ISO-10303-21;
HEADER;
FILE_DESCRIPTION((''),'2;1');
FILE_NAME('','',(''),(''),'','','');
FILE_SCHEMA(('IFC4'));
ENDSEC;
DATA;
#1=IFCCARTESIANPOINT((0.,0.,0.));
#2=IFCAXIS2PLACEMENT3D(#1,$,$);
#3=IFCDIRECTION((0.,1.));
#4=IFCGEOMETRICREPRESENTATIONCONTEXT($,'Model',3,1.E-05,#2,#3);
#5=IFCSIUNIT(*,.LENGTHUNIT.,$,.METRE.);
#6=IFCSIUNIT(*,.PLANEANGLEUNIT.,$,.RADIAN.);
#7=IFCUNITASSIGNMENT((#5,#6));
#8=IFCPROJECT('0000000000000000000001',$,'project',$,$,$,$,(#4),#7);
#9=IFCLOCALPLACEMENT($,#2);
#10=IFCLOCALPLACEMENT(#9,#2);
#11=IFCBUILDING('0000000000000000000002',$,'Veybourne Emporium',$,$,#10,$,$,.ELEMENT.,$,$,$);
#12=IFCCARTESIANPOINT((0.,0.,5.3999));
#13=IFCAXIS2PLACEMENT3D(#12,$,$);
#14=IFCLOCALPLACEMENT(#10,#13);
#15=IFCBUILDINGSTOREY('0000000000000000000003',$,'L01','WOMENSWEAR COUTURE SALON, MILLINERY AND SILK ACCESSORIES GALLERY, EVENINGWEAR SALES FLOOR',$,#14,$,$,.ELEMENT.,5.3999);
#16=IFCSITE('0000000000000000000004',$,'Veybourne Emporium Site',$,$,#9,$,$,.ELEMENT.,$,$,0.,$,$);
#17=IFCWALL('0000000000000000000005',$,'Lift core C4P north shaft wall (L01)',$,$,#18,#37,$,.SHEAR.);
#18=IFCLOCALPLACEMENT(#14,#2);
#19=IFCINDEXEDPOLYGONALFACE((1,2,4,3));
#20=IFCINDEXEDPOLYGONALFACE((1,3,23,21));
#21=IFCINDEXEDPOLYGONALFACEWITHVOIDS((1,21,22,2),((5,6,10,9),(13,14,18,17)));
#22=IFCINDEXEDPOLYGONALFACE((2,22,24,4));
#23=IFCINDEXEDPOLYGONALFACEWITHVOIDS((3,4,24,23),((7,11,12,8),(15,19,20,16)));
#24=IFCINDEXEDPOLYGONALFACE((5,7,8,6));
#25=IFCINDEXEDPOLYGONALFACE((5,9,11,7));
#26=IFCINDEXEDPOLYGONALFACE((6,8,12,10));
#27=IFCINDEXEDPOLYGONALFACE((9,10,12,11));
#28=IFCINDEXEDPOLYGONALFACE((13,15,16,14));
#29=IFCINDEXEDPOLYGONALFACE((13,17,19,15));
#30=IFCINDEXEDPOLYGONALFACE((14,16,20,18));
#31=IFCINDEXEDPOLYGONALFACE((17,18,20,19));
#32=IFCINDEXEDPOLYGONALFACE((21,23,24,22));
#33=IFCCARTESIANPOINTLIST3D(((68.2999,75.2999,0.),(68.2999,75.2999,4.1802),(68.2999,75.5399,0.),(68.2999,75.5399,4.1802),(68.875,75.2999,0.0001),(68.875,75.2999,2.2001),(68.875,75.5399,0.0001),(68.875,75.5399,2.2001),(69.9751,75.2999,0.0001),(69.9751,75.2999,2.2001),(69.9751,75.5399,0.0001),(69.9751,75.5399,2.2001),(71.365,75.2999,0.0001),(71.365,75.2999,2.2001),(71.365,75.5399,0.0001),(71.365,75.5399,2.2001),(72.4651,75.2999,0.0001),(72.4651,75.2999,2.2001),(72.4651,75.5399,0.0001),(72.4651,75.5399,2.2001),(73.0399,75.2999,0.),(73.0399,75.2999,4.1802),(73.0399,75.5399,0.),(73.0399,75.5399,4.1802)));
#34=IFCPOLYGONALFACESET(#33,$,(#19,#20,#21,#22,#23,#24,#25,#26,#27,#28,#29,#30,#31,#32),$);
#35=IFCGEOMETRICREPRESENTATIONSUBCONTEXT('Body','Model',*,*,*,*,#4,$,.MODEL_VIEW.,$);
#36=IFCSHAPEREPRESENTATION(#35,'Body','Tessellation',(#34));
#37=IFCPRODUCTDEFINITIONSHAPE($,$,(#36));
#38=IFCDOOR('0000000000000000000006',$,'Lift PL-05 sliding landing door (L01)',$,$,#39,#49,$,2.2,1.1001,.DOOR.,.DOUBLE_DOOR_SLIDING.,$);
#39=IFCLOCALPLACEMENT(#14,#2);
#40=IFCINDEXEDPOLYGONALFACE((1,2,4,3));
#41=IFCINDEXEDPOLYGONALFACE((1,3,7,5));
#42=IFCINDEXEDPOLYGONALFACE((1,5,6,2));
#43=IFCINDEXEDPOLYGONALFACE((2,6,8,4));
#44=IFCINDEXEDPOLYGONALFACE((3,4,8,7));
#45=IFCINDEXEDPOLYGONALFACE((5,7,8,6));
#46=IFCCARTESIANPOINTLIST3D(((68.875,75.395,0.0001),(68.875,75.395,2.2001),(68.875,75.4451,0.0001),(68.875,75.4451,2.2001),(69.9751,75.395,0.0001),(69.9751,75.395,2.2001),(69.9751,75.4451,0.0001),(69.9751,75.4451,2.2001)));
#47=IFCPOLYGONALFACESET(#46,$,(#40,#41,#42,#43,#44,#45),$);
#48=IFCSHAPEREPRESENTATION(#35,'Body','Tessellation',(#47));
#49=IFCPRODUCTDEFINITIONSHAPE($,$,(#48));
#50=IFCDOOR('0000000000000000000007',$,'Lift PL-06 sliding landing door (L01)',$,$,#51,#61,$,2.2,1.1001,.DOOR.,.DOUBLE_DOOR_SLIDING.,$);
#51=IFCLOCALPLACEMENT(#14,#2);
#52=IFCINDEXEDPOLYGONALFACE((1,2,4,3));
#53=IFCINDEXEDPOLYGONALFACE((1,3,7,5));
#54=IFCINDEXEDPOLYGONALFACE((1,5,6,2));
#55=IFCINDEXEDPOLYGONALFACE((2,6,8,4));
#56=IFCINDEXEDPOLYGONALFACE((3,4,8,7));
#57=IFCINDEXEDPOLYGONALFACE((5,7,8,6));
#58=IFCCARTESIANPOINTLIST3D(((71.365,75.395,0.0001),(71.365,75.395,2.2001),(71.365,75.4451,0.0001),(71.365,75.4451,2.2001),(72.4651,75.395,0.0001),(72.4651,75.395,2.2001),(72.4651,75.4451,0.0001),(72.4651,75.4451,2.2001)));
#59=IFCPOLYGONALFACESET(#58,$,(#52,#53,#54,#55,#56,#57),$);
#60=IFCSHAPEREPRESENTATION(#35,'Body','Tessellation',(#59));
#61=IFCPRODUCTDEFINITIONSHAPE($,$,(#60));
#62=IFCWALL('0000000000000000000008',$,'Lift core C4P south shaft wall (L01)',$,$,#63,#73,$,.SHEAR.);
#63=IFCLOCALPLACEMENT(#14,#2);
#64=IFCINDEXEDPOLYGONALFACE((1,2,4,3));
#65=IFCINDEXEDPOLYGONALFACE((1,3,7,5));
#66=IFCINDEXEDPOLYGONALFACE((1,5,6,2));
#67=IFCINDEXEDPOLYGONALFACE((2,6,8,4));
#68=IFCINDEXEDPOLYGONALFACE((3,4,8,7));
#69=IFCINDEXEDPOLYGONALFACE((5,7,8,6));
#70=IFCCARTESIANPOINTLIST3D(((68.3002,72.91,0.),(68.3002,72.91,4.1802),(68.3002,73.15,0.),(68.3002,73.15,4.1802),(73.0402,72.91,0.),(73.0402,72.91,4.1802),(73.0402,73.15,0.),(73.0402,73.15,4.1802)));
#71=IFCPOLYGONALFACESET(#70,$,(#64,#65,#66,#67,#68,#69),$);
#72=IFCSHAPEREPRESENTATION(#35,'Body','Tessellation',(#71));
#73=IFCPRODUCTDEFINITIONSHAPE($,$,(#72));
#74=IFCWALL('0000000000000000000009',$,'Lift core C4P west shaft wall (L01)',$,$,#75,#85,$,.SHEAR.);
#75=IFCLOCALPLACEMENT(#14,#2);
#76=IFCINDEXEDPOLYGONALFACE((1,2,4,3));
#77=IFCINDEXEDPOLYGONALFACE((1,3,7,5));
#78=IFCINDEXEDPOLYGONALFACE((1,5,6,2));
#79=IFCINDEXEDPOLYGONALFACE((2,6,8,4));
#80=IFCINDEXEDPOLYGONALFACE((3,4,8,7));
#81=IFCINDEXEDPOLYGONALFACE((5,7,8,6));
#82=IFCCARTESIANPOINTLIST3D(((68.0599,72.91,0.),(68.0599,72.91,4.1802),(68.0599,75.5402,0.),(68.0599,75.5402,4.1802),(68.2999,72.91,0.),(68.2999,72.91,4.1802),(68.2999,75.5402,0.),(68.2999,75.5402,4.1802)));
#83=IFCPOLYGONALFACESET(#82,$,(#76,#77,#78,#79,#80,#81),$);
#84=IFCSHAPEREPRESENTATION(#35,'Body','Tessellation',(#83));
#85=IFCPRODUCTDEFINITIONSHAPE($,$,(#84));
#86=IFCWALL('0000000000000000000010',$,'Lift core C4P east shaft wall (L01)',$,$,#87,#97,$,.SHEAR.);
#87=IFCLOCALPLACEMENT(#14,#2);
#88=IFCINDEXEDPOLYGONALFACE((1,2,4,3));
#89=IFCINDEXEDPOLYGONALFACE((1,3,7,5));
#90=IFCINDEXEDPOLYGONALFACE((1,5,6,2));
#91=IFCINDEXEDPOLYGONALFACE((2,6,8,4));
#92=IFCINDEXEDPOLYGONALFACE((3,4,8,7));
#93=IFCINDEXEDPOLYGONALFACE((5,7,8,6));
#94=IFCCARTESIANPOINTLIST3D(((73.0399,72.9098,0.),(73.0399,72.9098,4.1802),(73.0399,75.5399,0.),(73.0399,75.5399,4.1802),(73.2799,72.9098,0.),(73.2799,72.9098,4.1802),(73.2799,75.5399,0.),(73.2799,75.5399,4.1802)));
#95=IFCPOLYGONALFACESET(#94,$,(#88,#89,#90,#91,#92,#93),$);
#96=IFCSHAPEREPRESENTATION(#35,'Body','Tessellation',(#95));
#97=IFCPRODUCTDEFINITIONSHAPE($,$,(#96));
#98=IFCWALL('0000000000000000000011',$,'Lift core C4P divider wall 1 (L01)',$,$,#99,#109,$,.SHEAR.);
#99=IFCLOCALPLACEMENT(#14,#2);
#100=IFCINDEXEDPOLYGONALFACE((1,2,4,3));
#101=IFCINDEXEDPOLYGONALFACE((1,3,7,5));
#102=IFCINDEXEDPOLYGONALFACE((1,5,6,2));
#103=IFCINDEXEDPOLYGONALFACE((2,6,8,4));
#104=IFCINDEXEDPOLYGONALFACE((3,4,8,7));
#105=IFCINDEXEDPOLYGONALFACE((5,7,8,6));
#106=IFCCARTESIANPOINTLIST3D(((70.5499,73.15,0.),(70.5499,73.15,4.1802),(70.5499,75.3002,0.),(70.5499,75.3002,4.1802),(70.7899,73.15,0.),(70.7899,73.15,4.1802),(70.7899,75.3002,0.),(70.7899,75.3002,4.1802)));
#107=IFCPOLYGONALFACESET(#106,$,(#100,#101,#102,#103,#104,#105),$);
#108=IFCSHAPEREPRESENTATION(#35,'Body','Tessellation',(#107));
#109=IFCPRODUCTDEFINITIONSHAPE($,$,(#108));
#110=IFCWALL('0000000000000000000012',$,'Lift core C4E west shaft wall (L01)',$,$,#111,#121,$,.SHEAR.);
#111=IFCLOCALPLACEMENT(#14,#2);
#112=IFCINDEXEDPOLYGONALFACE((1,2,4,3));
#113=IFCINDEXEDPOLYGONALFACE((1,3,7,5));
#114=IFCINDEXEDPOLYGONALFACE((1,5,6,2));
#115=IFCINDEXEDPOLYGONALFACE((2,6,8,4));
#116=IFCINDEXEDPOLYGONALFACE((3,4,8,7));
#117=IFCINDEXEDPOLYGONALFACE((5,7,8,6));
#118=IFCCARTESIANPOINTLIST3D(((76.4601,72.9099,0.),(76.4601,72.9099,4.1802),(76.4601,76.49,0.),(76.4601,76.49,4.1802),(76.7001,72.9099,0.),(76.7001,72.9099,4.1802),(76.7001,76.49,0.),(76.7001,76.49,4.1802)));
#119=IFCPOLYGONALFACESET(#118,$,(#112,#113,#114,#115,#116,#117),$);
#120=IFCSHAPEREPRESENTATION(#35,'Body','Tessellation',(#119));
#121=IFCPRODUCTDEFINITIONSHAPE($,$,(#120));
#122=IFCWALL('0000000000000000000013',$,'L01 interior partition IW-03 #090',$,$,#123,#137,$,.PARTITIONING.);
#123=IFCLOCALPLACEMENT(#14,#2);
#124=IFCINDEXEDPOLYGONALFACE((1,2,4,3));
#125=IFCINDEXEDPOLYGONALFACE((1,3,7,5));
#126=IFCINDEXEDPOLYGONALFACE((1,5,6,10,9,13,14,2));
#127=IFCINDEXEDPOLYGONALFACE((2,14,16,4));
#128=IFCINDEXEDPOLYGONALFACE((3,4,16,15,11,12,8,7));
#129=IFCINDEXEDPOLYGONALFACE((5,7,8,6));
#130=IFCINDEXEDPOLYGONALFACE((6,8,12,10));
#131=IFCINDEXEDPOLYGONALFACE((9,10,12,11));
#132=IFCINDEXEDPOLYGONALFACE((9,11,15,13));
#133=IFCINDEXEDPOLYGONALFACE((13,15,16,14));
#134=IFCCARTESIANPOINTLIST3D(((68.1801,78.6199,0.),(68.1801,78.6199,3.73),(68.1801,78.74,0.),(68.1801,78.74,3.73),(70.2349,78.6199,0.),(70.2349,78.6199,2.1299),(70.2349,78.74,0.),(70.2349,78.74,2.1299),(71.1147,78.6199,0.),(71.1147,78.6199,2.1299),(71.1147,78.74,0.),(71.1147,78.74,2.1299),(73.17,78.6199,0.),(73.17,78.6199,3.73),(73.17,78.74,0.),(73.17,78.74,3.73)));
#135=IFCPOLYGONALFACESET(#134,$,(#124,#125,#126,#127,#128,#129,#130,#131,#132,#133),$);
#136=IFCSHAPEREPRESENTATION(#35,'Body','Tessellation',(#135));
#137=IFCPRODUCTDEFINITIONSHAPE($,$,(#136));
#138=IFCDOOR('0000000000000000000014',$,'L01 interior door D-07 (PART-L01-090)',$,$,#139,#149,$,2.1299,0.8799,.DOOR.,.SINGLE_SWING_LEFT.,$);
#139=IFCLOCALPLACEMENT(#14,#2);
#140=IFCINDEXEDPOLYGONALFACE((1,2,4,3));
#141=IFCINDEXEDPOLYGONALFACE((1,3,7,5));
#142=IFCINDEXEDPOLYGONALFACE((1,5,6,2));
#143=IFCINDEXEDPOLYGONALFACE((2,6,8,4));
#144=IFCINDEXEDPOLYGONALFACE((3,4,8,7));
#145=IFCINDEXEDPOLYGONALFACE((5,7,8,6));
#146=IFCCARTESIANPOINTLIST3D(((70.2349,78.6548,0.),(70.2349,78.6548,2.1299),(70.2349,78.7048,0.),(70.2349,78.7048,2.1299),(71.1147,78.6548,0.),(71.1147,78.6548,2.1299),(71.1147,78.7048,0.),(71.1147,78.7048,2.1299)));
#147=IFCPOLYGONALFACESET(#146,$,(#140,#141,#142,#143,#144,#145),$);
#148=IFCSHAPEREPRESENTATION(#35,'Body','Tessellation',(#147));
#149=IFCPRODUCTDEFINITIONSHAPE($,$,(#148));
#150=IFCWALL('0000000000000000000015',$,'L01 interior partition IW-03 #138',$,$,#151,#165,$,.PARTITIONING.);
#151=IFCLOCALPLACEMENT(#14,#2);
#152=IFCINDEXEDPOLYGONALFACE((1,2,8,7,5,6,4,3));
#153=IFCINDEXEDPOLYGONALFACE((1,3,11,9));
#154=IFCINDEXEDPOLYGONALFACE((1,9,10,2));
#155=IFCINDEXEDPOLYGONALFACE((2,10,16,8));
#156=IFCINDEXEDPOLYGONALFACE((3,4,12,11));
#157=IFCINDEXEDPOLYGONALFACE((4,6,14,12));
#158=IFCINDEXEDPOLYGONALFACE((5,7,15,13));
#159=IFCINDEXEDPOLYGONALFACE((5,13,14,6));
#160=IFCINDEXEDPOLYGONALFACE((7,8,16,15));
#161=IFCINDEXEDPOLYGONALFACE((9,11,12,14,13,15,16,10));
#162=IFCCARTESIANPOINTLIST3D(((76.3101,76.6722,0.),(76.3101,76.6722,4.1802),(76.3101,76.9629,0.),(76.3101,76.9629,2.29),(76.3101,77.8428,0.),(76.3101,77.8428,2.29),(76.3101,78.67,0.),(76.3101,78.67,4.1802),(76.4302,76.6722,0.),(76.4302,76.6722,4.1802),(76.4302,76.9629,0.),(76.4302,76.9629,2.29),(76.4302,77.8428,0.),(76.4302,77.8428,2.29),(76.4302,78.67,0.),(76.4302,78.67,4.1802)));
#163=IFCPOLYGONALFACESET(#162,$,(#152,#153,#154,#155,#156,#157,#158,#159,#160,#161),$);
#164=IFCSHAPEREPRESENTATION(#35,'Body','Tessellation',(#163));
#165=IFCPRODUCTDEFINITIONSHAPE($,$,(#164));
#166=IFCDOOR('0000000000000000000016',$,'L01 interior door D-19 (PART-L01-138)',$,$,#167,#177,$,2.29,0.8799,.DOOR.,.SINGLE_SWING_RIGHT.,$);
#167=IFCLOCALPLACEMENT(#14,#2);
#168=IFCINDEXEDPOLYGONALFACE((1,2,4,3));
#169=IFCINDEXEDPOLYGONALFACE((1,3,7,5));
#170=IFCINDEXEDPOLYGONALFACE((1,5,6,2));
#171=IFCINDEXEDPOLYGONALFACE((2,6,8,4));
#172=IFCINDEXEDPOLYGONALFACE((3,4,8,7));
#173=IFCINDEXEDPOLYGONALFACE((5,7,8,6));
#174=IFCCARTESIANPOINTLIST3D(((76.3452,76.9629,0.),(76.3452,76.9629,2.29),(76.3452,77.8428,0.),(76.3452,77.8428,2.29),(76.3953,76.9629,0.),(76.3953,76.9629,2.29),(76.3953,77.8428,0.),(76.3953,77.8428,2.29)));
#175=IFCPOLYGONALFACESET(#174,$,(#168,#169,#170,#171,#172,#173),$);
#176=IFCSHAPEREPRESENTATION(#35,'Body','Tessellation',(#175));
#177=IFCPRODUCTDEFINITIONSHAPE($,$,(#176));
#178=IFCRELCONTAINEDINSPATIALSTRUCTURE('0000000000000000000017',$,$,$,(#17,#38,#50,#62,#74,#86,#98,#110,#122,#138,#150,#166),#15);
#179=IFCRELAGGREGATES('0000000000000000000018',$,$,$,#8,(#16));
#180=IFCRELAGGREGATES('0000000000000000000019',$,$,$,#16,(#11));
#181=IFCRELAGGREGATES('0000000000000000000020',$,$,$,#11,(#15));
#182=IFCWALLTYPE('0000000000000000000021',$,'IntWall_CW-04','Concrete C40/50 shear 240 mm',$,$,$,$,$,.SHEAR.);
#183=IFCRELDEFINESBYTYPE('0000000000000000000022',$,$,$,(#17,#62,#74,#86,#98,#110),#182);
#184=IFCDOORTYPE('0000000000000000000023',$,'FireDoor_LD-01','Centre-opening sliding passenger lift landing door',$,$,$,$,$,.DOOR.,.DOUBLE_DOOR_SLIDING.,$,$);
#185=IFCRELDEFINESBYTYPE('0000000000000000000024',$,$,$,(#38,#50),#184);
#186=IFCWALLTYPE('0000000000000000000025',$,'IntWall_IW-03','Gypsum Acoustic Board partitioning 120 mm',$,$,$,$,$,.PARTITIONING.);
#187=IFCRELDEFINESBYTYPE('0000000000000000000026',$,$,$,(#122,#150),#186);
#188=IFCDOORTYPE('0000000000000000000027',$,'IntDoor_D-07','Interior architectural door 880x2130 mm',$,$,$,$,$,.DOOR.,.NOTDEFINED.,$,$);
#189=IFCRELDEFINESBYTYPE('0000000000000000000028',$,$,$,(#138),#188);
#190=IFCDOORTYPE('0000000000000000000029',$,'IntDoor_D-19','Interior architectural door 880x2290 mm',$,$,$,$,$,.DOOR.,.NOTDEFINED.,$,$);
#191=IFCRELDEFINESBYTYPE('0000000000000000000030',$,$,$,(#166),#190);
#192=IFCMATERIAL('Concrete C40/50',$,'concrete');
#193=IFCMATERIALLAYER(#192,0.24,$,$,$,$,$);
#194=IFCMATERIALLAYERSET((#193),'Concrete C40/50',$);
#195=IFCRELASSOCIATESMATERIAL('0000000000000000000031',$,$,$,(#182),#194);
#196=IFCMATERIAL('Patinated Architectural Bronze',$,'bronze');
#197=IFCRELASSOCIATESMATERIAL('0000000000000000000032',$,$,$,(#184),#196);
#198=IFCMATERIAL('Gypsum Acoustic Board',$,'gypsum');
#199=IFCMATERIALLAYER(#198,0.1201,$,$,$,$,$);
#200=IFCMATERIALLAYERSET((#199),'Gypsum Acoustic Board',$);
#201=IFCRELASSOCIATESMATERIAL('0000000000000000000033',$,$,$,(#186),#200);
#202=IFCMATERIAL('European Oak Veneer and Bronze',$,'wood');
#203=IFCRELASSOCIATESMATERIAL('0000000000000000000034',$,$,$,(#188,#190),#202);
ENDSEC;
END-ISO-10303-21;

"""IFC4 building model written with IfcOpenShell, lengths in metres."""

from ifc_helpers import new_model, si_unit, direction, frame, frame_2d, origin, place, context, subcontext, project, spatial, rectangle, extrude, material, layer, layer_set, type_object, element, fill, save


model = new_model("IFC4")

# Units and contexts
model_context = context("Model", 3, precision=1e-05, world=origin(), true_north=direction((0.0, 1.0)))
body_context = subcontext(model_context, "Body", "Model", "MODEL_VIEW")
ifc_project = project(units=[si_unit("LENGTHUNIT", "METRE"), si_unit("PLANEANGLEUNIT", "RADIAN")], contexts=[model_context])

# Site, building, storey
site_placement = place(None, origin())
site = spatial("IfcSite", under=ifc_project, at=site_placement, Name="Veybourne Emporium Site", CompositionType="ELEMENT", RefElevation=0.0)
building_placement = place(site_placement, origin())
building = spatial("IfcBuilding", under=site, at=building_placement, Name="Veybourne Emporium", CompositionType="ELEMENT")
storey_placement = place(building_placement, frame((0.0, 0.0, 5.3999)))
storey = spatial("IfcBuildingStorey", under=building, at=storey_placement, Name="L01", Description="WOMENSWEAR COUTURE SALON, MILLINERY AND SILK ACCESSORIES GALLERY, EVENINGWEAR SALES FLOOR", CompositionType="ELEMENT", Elevation=5.3999)

# Shared definitions
ifc_material_1 = material(Name="Concrete C40/50", Category="concrete")

# Wall, openings, doors
ifc_layer_1 = layer(ifc_material_1, 0.24)
ifc_layer_set_1 = layer_set([ifc_layer_1], Name="Concrete C40/50")
wall_type_1 = type_object("IfcWallType", Name="IntWall_CW-04", Description="Concrete C40/50 shear 240 mm", PredefinedType="SHEAR", material=ifc_layer_set_1)
wall_1_placement = place(storey_placement, frame((73.04, 75.4199, 0.0), z_axis=(0.0, 0.0, 1.0), x_axis=(-1.0, 0.0, 0.0)))
wall_1 = element("IfcWall", 1, at=wall_1_placement, inside=storey, type_object=wall_type_1, Name="Lift core C4P north shaft wall (L01)", PredefinedType="SHEAR", context=body_context, shape_type="SweptSolid", body=[
    extrude(rectangle(XDim=4.74, YDim=0.24, at=frame_2d((2.3701, 0.0))), origin(), (0.0, 0.0, 1.0), 4.1802),
])
opening_1_placement = place(wall_1_placement, frame((3.0649, 0.0, 0.0)))
opening_1 = element("IfcOpeningElement", 2, at=opening_1_placement, cuts=wall_1, PredefinedType="OPENING", context=body_context, shape_type="SweptSolid", body=[
    extrude(rectangle(XDim=1.1001, YDim=2.2, at=frame_2d((0.55, 1.1001))), frame((0.0, 0.1401, 0.0), z_axis=(0.0, -1.0, 0.0), x_axis=(1.0, 0.0, 0.0)), (0.0, 0.0, 1.0), 0.28),
])
opening_2_placement = place(wall_1_placement, frame((0.575, 0.0, 0.0)))
opening_2 = element("IfcOpeningElement", 3, at=opening_2_placement, cuts=wall_1, PredefinedType="OPENING", context=body_context, shape_type="SweptSolid", body=[
    extrude(rectangle(XDim=1.1001, YDim=2.2, at=frame_2d((0.55, 1.1001))), frame((0.0, 0.1401, 0.0), z_axis=(0.0, -1.0, 0.0), x_axis=(1.0, 0.0, 0.0)), (0.0, 0.0, 1.0), 0.28),
])
ifc_material_2 = material(Name="Patinated Architectural Bronze", Category="bronze")
door_type_1 = type_object("IfcDoorType", Name="FireDoor_LD-01", Description="Centre-opening sliding passenger lift landing door", OperationType="DOUBLE_DOOR_SLIDING", PredefinedType="DOOR", material=ifc_material_2)
door_1_placement = place(opening_1_placement, origin())
door_1 = element("IfcDoor", 4, at=door_1_placement, inside=storey, type_object=door_type_1, Name="Lift PL-05 sliding landing door (L01)", OperationType="DOUBLE_DOOR_SLIDING", OverallHeight=2.2, OverallWidth=1.1001, PredefinedType="DOOR", context=body_context, shape_type="SweptSolid", body=[
    extrude(rectangle(XDim=1.1001, YDim=2.2, at=frame_2d((0.55, 1.1001))), frame((0.0, 0.0249, 0.0), z_axis=(0.0, -1.0, 0.0), x_axis=(1.0, 0.0, 0.0)), (0.0, 0.0, 1.0), 0.05),
])
fill(opening_1, door_1)
door_2_placement = place(opening_2_placement, origin())
door_2 = element("IfcDoor", 5, at=door_2_placement, inside=storey, type_object=door_type_1, Name="Lift PL-06 sliding landing door (L01)", OperationType="DOUBLE_DOOR_SLIDING", OverallHeight=2.2, OverallWidth=1.1001, PredefinedType="DOOR", context=body_context, shape_type="SweptSolid", body=[
    extrude(rectangle(XDim=1.1001, YDim=2.2, at=frame_2d((0.55, 1.1001))), frame((0.0, 0.0249, 0.0), z_axis=(0.0, -1.0, 0.0), x_axis=(1.0, 0.0, 0.0)), (0.0, 0.0, 1.0), 0.05),
])
fill(opening_2, door_2)

# Walls
wall_2_placement = place(storey_placement, frame((68.3, 73.03, 0.0), z_axis=(0.0, 0.0, 1.0), x_axis=(1.0, 0.0, 0.0)))
element("IfcWall", 6, at=wall_2_placement, inside=storey, type_object=wall_type_1, Name="Lift core C4P south shaft wall (L01)", PredefinedType="SHEAR", context=body_context, shape_type="SweptSolid", body=[
    extrude(rectangle(XDim=4.74, YDim=0.24, at=frame_2d((2.3701, 0.0))), origin(), (0.0, 0.0, 1.0), 4.1802),
])
for number, where, z_axis, x_axis, name in (
    (7, (68.1799, 75.54, 0.0), (0.0, 0.0, 1.0), (0.0, -1.0, 0.0), "Lift core C4P west shaft wall (L01)"),
    (8, (73.1599, 72.9099, 0.0), (0.0, 0.0, 1.0), (0.0, 1.0, 0.0), "Lift core C4P east shaft wall (L01)"),
):
    element("IfcWall", number, at=place(storey_placement, frame(where, z_axis=z_axis, x_axis=x_axis)), inside=storey, type_object=wall_type_1, Name=name, PredefinedType="SHEAR", context=body_context, shape_type="SweptSolid", body=[
        extrude(rectangle(XDim=2.6301, YDim=0.24, at=frame_2d((1.3149, 0.0))), origin(), (0.0, 0.0, 1.0), 4.1802),
    ])
wall_3_placement = place(storey_placement, frame((70.6699, 73.1499, 0.0), z_axis=(0.0, 0.0, 1.0), x_axis=(0.0, 1.0, 0.0)))
element("IfcWall", 9, at=wall_3_placement, inside=storey, type_object=wall_type_1, Name="Lift core C4P divider wall 1 (L01)", PredefinedType="SHEAR", context=body_context, shape_type="SweptSolid", body=[
    extrude(rectangle(XDim=2.1501, YDim=0.24, at=frame_2d((1.0752, 0.0))), origin(), (0.0, 0.0, 1.0), 4.1802),
])
wall_4_placement = place(storey_placement, frame((76.5801, 76.49, 0.0), z_axis=(0.0, 0.0, 1.0), x_axis=(0.0, -1.0, 0.0)))
element("IfcWall", 10, at=wall_4_placement, inside=storey, type_object=wall_type_1, Name="Lift core C4E west shaft wall (L01)", PredefinedType="SHEAR", context=body_context, shape_type="SweptSolid", body=[
    extrude(rectangle(XDim=3.5801, YDim=0.24, at=frame_2d((1.79, 0.0))), origin(), (0.0, 0.0, 1.0), 4.1802),
])

# Walls, openings, doors
ifc_material_3 = material(Name="Gypsum Acoustic Board", Category="gypsum")
ifc_material_4 = material(Name="European Oak Veneer and Bronze", Category="wood")
ifc_layer_2 = layer(ifc_material_3, 0.1201)
ifc_layer_set_2 = layer_set([ifc_layer_2], Name="Gypsum Acoustic Board")
wall_type_2 = type_object("IfcWallType", Name="IntWall_IW-03", Description="Gypsum Acoustic Board partitioning 120 mm", PredefinedType="PARTITIONING", material=ifc_layer_set_2)
wall_5_placement = place(storey_placement, frame((68.1799, 78.6799, 0.0), z_axis=(0.0, 0.0, 1.0), x_axis=(1.0, 0.0, 0.0)))
wall_5 = element("IfcWall", 11, at=wall_5_placement, inside=storey, type_object=wall_type_2, Name="L01 interior partition IW-03 #090", PredefinedType="PARTITIONING", context=body_context, shape_type="SweptSolid", body=[
    extrude(rectangle(XDim=4.99, YDim=0.1201, at=frame_2d((2.4951, 0.0))), origin(), (0.0, 0.0, 1.0), 3.73),
])
opening_3_placement = place(wall_5_placement, frame((2.0549, 0.0, 0.0)))
opening_3 = element("IfcOpeningElement", 12, at=opening_3_placement, cuts=wall_5, PredefinedType="OPENING", context=body_context, shape_type="SweptSolid", body=[
    extrude(rectangle(XDim=0.8799, YDim=2.1299, at=frame_2d((0.4399, 1.0649))), frame((0.0, 0.0801, 0.0), z_axis=(0.0, -1.0, 0.0), x_axis=(1.0, 0.0, 0.0)), (0.0, 0.0, 1.0), 0.1602),
])
door_type_2 = type_object("IfcDoorType", Name="IntDoor_D-07", Description="Interior architectural door 880x2130 mm", OperationType="NOTDEFINED", PredefinedType="DOOR", material=ifc_material_4)
door_3_placement = place(opening_3_placement, origin())
door_3 = element("IfcDoor", 13, at=door_3_placement, inside=storey, type_object=door_type_2, Name="L01 interior door D-07 (PART-L01-090)", OperationType="SINGLE_SWING_LEFT", OverallHeight=2.1299, OverallWidth=0.8799, PredefinedType="DOOR", context=body_context, shape_type="SweptSolid", body=[
    extrude(rectangle(XDim=0.8799, YDim=2.1299, at=frame_2d((0.4399, 1.0649))), frame((0.0, 0.0249, 0.0), z_axis=(0.0, -1.0, 0.0), x_axis=(1.0, 0.0, 0.0)), (0.0, 0.0, 1.0), 0.05),
])
fill(opening_3, door_3)
wall_6_placement = place(storey_placement, frame((76.3701, 76.6721, 0.0), z_axis=(0.0, 0.0, 1.0), x_axis=(0.0, 1.0, 0.0)))
wall_6 = element("IfcWall", 14, at=wall_6_placement, inside=storey, type_object=wall_type_2, Name="L01 interior partition IW-03 #138", PredefinedType="PARTITIONING", context=body_context, shape_type="SweptSolid", body=[
    extrude(rectangle(XDim=1.9978, YDim=0.1201, at=frame_2d((0.999, 0.0))), origin(), (0.0, 0.0, 1.0), 4.1802),
])
opening_4_placement = place(wall_6_placement, frame((0.2908, 0.0, 0.0)))
opening_4 = element("IfcOpeningElement", 15, at=opening_4_placement, cuts=wall_6, PredefinedType="OPENING", context=body_context, shape_type="SweptSolid", body=[
    extrude(rectangle(XDim=0.8799, YDim=2.29, at=frame_2d((0.4399, 1.145))), frame((0.0, 0.0801, 0.0), z_axis=(0.0, -1.0, 0.0), x_axis=(1.0, 0.0, 0.0)), (0.0, 0.0, 1.0), 0.1602),
])
door_type_3 = type_object("IfcDoorType", Name="IntDoor_D-19", Description="Interior architectural door 880x2290 mm", OperationType="NOTDEFINED", PredefinedType="DOOR", material=ifc_material_4)
door_4_placement = place(opening_4_placement, origin())
door_4 = element("IfcDoor", 16, at=door_4_placement, inside=storey, type_object=door_type_3, Name="L01 interior door D-19 (PART-L01-138)", OperationType="SINGLE_SWING_RIGHT", OverallHeight=2.29, OverallWidth=0.8799, PredefinedType="DOOR", context=body_context, shape_type="SweptSolid", body=[
    extrude(rectangle(XDim=0.8799, YDim=2.29, at=frame_2d((0.4399, 1.145))), frame((0.0, 0.0249, 0.0), z_axis=(0.0, -1.0, 0.0), x_axis=(1.0, 0.0, 0.0)), (0.0, 0.0, 1.0), 0.05),
])
fill(opening_4, door_4)

save(model, "model.ifc")
